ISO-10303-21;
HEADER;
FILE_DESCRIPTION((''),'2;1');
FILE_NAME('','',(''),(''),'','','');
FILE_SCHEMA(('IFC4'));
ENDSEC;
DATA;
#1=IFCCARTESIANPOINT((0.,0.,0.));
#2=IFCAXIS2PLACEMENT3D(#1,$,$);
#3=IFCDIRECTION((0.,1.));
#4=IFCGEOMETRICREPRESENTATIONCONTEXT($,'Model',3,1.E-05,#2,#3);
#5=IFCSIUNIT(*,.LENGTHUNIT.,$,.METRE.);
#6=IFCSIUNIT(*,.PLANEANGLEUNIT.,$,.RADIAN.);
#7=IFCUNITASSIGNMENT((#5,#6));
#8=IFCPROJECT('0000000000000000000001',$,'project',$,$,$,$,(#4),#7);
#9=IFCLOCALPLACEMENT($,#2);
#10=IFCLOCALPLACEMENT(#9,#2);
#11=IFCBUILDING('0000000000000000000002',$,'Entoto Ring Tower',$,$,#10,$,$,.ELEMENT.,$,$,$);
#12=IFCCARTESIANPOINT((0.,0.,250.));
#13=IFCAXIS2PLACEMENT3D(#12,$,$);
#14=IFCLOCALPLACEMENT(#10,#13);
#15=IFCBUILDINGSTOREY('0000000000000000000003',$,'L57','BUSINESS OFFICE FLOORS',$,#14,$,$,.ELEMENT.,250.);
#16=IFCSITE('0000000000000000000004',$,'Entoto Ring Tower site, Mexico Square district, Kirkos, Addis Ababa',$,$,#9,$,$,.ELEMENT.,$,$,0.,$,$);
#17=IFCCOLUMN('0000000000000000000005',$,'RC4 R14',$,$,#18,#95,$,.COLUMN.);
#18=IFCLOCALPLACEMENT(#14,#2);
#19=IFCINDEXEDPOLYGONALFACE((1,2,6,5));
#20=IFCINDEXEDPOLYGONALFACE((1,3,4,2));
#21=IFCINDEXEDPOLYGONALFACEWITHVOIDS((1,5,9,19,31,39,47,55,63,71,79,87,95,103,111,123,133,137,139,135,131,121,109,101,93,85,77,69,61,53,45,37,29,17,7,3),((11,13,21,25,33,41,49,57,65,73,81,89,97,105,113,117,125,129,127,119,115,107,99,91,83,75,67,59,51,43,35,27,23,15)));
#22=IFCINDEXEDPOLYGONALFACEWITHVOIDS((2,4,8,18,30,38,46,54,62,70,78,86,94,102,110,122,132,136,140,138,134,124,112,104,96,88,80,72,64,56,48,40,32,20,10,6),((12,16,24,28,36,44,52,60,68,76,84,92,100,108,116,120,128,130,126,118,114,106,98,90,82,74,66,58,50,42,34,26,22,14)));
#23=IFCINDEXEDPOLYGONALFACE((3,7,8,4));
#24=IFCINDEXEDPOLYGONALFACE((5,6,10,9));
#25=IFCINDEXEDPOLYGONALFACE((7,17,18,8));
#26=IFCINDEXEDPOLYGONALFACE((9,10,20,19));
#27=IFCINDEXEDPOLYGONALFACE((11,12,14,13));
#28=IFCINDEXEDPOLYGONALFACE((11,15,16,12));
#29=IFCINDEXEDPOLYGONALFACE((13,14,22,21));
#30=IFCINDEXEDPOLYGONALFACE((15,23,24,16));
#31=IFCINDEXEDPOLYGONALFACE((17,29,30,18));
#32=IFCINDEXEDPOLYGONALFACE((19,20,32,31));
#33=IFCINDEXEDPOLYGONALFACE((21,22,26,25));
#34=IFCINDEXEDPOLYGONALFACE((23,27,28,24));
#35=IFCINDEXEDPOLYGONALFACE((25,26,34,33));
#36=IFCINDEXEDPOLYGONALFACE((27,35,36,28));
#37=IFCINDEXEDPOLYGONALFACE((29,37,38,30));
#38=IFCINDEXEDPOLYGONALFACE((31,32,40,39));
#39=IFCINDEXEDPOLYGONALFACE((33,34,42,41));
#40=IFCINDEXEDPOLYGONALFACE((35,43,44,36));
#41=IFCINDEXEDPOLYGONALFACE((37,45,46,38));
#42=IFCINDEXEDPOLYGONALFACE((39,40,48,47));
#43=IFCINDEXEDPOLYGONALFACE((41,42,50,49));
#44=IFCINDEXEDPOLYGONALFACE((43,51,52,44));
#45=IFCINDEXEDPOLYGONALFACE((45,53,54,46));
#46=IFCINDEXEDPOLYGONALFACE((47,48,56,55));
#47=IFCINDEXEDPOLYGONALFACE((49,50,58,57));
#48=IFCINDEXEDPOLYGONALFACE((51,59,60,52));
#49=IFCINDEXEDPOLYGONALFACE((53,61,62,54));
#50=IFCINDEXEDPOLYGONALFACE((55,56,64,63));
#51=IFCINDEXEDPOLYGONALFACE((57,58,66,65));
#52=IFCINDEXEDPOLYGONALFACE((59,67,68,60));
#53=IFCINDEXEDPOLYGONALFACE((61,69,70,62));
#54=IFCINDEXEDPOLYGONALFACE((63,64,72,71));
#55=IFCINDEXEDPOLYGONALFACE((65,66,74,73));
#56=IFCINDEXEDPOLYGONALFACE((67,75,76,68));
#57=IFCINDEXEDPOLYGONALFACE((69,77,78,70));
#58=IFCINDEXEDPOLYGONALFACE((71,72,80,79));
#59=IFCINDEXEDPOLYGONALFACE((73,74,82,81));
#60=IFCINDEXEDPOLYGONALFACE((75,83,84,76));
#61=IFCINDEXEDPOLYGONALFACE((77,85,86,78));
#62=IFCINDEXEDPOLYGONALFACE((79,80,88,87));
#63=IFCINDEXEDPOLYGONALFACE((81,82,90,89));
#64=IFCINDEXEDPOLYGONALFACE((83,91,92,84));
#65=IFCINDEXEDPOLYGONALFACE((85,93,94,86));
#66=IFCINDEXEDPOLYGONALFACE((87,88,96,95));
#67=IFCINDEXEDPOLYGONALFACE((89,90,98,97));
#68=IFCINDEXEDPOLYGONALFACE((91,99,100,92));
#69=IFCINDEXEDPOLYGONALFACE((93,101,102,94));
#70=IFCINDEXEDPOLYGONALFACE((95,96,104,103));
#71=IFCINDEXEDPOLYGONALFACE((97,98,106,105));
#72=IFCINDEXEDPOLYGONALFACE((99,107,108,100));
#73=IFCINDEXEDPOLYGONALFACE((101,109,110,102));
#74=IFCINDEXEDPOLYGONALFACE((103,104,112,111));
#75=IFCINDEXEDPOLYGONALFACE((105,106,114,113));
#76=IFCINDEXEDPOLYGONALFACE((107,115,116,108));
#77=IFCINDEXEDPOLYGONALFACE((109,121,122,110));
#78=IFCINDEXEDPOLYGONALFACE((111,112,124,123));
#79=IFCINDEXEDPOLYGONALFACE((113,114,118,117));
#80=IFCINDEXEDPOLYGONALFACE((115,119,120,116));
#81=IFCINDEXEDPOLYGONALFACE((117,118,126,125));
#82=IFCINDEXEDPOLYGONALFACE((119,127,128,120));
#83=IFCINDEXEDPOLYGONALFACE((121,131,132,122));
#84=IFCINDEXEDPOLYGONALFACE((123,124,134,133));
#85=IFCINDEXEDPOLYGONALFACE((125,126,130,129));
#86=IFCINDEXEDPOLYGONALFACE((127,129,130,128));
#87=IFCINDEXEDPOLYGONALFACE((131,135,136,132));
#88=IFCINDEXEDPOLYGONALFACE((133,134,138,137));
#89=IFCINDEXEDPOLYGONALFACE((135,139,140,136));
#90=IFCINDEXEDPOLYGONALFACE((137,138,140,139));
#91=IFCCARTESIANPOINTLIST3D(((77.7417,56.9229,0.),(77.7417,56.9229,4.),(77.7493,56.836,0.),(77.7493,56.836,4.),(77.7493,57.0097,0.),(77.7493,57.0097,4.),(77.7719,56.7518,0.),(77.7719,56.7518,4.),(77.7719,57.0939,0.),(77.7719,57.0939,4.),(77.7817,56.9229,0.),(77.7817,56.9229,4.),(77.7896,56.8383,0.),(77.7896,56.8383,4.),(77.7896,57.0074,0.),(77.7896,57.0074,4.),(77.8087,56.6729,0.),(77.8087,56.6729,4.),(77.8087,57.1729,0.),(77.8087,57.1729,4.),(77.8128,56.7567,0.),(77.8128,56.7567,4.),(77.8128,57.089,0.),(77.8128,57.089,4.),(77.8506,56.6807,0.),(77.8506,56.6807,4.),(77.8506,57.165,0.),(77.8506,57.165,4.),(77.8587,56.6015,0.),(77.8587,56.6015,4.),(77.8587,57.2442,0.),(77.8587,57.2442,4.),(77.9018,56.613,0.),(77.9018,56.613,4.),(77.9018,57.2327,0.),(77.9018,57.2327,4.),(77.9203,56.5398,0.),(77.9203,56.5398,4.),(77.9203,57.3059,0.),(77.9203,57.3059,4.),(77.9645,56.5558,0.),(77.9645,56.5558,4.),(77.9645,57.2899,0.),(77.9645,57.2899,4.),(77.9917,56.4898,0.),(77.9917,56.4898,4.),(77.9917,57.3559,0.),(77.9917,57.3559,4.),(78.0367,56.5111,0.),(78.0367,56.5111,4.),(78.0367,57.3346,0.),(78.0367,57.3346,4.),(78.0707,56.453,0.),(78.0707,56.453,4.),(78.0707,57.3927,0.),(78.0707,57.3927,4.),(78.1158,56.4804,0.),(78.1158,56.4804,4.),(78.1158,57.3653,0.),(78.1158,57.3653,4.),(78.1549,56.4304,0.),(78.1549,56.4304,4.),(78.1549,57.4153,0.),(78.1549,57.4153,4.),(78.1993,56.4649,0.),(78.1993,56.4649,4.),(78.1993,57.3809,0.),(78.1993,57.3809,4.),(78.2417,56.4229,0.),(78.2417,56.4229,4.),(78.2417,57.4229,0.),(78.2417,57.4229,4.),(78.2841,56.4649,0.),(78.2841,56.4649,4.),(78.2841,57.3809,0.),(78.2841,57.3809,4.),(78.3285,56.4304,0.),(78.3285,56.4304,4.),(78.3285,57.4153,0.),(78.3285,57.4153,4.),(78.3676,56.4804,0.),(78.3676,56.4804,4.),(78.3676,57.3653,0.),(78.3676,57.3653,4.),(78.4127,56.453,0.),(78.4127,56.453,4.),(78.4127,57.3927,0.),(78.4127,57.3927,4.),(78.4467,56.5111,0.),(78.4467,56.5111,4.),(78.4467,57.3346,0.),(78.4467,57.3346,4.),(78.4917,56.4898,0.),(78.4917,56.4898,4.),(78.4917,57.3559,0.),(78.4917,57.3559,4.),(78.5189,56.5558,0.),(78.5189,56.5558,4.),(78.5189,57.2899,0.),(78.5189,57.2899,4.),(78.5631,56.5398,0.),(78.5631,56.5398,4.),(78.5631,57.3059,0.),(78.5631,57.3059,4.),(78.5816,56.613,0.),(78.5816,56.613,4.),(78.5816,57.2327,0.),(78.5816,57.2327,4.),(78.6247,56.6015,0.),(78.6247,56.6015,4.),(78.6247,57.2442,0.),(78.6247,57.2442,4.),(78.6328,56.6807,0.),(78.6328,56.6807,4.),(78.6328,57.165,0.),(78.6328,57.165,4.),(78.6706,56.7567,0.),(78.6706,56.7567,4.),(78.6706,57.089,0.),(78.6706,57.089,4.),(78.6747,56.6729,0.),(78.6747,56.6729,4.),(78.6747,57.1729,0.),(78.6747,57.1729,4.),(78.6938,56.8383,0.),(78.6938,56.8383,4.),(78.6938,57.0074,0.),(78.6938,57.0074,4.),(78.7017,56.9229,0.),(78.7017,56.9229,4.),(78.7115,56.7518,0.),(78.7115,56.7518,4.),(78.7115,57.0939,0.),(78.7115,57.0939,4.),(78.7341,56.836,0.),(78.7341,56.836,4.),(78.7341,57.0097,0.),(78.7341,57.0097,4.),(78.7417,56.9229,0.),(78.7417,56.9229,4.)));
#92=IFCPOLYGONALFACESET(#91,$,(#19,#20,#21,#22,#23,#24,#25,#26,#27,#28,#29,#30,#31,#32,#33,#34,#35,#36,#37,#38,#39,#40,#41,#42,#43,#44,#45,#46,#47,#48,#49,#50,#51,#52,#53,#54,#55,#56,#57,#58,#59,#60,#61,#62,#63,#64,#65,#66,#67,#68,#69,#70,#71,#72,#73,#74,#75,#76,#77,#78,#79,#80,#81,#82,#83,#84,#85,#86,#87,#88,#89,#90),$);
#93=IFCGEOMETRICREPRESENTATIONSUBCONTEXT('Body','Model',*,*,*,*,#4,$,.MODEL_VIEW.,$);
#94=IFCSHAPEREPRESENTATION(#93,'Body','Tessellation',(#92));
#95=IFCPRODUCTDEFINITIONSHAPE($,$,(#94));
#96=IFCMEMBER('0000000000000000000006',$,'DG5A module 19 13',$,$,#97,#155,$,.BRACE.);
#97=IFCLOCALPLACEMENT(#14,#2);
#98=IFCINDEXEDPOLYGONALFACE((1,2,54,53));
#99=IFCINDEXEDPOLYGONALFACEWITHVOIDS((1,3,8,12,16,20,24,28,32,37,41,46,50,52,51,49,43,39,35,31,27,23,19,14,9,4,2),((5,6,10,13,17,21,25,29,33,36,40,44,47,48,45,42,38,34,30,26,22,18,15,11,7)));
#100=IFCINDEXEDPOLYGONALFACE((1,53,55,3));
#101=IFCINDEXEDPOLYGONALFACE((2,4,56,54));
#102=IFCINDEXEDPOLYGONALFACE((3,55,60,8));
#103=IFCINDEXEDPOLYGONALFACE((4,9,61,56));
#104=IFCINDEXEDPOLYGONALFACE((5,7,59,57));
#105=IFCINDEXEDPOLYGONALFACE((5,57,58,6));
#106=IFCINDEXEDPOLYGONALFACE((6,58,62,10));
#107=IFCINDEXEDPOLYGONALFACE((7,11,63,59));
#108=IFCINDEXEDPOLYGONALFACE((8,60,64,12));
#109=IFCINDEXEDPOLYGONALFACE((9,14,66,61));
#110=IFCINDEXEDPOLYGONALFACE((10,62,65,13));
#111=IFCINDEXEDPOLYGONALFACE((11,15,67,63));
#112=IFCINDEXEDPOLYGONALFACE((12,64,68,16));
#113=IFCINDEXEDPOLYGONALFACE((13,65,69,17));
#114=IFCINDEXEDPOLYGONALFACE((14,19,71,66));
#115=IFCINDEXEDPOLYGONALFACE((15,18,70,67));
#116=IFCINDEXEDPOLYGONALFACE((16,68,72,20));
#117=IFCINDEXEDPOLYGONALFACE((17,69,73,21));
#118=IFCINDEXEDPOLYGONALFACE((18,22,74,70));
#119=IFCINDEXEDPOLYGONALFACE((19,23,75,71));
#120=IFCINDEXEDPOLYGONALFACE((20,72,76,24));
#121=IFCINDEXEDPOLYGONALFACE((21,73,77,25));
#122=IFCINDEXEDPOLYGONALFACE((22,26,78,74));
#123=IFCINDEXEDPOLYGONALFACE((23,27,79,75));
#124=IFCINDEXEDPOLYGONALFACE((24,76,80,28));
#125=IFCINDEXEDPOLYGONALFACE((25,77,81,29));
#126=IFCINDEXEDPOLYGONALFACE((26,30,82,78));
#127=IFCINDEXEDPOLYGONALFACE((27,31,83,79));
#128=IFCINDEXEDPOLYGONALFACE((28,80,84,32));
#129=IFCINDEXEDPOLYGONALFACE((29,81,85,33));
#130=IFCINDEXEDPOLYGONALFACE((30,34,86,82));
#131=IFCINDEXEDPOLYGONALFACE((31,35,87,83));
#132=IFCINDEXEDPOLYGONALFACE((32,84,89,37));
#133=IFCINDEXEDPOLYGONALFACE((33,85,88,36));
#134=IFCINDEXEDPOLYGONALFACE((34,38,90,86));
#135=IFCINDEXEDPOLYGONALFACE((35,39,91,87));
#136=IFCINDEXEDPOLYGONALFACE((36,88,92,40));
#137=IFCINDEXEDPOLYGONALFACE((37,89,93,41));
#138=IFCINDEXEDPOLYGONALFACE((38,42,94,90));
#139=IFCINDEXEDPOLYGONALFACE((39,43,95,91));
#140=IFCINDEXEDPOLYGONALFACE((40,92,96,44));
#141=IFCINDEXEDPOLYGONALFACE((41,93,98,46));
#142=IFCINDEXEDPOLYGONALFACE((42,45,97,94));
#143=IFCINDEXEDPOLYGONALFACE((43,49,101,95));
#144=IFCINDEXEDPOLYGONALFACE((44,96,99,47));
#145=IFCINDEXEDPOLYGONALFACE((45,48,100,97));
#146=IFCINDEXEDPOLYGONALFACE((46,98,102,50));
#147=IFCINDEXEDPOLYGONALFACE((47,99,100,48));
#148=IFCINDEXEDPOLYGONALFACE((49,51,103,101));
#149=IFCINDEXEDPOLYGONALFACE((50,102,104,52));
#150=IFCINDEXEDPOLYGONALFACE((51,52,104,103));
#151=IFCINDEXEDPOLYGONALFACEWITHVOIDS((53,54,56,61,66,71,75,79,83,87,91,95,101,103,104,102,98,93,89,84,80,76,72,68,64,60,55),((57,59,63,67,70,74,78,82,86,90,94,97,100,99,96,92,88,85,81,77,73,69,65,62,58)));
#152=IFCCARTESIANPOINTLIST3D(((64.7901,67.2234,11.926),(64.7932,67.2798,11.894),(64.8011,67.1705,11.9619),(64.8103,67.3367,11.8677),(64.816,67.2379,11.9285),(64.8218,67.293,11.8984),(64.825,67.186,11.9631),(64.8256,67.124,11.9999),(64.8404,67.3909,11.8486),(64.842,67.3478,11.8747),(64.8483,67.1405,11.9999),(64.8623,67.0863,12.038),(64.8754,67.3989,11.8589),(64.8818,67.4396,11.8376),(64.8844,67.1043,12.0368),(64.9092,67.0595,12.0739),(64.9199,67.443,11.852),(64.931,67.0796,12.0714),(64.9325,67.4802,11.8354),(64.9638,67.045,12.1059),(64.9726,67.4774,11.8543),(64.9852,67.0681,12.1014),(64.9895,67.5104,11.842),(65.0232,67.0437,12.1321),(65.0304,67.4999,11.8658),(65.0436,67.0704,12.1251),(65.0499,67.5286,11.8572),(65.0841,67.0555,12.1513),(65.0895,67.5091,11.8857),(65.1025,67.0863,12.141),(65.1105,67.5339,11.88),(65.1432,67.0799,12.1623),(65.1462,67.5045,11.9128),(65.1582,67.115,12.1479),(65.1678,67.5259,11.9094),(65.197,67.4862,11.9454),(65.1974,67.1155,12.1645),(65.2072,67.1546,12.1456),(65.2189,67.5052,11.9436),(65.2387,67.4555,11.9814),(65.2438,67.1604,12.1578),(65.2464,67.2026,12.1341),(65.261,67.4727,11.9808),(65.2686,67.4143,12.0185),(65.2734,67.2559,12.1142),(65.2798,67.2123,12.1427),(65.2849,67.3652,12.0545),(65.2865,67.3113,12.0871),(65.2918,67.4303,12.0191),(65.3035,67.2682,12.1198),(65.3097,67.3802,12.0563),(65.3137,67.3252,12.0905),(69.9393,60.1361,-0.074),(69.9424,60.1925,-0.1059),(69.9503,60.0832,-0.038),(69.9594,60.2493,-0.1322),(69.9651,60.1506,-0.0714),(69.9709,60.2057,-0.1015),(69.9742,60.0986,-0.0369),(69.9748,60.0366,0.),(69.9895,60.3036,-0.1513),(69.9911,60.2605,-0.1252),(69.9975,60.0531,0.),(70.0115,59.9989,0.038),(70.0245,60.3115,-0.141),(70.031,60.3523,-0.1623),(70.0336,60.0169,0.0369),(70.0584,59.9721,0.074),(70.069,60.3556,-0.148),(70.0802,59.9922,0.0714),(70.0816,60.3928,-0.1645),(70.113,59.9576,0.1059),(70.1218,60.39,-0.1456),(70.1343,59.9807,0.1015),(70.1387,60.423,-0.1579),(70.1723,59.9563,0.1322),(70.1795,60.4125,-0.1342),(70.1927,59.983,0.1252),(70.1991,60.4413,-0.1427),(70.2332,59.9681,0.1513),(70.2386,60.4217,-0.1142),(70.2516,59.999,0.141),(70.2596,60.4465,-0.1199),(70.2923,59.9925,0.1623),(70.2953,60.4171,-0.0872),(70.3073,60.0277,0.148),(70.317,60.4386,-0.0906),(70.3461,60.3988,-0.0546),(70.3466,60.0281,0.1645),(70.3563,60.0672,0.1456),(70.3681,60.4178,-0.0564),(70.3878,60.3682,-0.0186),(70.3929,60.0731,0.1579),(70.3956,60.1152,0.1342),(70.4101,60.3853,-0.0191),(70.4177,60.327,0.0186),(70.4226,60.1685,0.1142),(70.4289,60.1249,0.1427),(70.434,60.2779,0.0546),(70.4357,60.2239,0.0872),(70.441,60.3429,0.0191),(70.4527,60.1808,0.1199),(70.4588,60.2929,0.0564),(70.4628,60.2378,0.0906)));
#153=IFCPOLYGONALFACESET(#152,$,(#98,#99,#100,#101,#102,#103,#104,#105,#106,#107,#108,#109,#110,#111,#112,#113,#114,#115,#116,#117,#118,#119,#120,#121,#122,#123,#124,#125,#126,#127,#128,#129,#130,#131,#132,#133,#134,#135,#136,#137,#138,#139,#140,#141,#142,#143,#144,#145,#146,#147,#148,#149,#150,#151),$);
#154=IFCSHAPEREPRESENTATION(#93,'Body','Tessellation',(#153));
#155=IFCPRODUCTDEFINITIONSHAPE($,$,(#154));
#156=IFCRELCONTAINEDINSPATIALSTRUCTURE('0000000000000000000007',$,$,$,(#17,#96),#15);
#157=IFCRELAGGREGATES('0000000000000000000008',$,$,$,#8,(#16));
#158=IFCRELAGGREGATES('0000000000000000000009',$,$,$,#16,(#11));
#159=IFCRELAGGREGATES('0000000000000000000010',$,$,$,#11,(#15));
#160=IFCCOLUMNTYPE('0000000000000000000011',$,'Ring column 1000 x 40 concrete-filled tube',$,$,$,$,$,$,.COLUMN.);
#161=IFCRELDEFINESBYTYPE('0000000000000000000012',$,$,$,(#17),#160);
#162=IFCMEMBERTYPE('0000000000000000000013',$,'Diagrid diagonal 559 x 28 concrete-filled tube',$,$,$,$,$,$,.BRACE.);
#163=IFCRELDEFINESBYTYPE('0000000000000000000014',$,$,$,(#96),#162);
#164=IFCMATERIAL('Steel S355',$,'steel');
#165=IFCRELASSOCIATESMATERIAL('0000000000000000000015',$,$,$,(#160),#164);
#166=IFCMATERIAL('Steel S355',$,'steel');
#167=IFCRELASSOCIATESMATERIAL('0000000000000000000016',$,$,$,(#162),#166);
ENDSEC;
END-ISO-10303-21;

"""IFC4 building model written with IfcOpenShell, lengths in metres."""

from ifc_helpers import new_model, si_unit, direction, frame, origin, origin_2d, place, context, subcontext, project, spatial, circle, hollow_circle, extrude, material, material_profile, profile_set, type_object, element, save


model = new_model("IFC4")

# Units and contexts
model_context = context("Model", 3, precision=1e-05, world=origin(), true_north=direction((0.0, 1.0)))
body_context = subcontext(model_context, "Body", "Model", "MODEL_VIEW")
ifc_project = project(units=[si_unit("LENGTHUNIT", "METRE"), si_unit("PLANEANGLEUNIT", "RADIAN")], contexts=[model_context])

# Site, building, storey
site_placement = place(None, origin())
site = spatial("IfcSite", under=ifc_project, at=site_placement, Name="Entoto Ring Tower site, Mexico Square district, Kirkos, Addis Ababa", CompositionType="ELEMENT", RefElevation=0.0)
building_placement = place(site_placement, origin())
building = spatial("IfcBuilding", under=site, at=building_placement, Name="Entoto Ring Tower", CompositionType="ELEMENT")
storey_placement = place(building_placement, frame((0.0, 0.0, 250.0)))
storey = spatial("IfcBuildingStorey", under=building, at=storey_placement, Name="L57", Description="BUSINESS OFFICE FLOORS", CompositionType="ELEMENT", Elevation=250.0)

# Column
ifc_material_1 = material(Name="Steel S355", Category="steel")
ifc_material_profile_1 = material_profile(ifc_material_1, hollow_circle(Radius=0.5, WallThickness=0.04, at=origin_2d()), Name="CHS 1000 x 40")
ifc_material_2 = material(Name="Concrete C60/75", Category="concrete")
ifc_material_profile_2 = material_profile(ifc_material_2, circle(Radius=0.46, at=origin_2d()), Name="Concrete C60/75 infill")
ifc_profile_set_1 = profile_set([ifc_material_profile_1, ifc_material_profile_2], Name="Steel S355")
column_type = type_object("IfcColumnType", Name="Ring column 1000 x 40 concrete-filled tube", PredefinedType="COLUMN", material=ifc_profile_set_1)
for number, where, z_axis, x_axis, name in (
    (1, (78.2417, 56.9229, 0.0), (0.0, 0.0, 1.0), (1.0, 0.0, 0.0), "RC4 R14"),
):
    element("IfcColumn", number, at=place(storey_placement, frame(where, z_axis=z_axis, x_axis=x_axis)), inside=storey, type_object=column_type, Name=name, PredefinedType="COLUMN", context=body_context, shape_type="SweptSolid", body=[
        extrude(hollow_circle(Radius=0.5, WallThickness=0.04, at=origin_2d()), origin(), (0.0, 0.0, 1.0), 4.0),
    ])

# Member
ifc_material_3 = material(Name="Steel S355", Category="steel")
ifc_material_profile_3 = material_profile(ifc_material_3, hollow_circle(Radius=0.2795, WallThickness=0.0281, at=origin_2d()), Name="CHS 559 x 28")
ifc_material_4 = material(Name="Concrete C60/75", Category="concrete")
ifc_material_profile_4 = material_profile(ifc_material_4, circle(Radius=0.2515, at=origin_2d()), Name="Concrete C60/75 infill")
ifc_profile_set_2 = profile_set([ifc_material_profile_3, ifc_material_profile_4], Name="Steel S355")
member_type_1 = type_object("IfcMemberType", Name="Diagrid diagonal 559 x 28 concrete-filled tube", PredefinedType="BRACE", material=ifc_profile_set_2)
for number, where, z_axis, x_axis, name in (
    (2, (70.2009, 60.2009, 0.0), (-0.34657, 0.477025, 0.807673), (-0.809024, -0.587776, 0.0), "DG5A module 19 13"),
):
    element("IfcMember", number, at=place(storey_placement, frame(where, z_axis=z_axis, x_axis=x_axis)), inside=storey, type_object=member_type_1, Name=name, PredefinedType="BRACE", context=body_context, shape_type="SweptSolid", body=[
        extrude(hollow_circle(Radius=0.2795, WallThickness=0.0281, at=origin_2d()), origin(), (0.0, 0.0, 1.0), 14.8574),
    ])

save(model, "model.ifc")
